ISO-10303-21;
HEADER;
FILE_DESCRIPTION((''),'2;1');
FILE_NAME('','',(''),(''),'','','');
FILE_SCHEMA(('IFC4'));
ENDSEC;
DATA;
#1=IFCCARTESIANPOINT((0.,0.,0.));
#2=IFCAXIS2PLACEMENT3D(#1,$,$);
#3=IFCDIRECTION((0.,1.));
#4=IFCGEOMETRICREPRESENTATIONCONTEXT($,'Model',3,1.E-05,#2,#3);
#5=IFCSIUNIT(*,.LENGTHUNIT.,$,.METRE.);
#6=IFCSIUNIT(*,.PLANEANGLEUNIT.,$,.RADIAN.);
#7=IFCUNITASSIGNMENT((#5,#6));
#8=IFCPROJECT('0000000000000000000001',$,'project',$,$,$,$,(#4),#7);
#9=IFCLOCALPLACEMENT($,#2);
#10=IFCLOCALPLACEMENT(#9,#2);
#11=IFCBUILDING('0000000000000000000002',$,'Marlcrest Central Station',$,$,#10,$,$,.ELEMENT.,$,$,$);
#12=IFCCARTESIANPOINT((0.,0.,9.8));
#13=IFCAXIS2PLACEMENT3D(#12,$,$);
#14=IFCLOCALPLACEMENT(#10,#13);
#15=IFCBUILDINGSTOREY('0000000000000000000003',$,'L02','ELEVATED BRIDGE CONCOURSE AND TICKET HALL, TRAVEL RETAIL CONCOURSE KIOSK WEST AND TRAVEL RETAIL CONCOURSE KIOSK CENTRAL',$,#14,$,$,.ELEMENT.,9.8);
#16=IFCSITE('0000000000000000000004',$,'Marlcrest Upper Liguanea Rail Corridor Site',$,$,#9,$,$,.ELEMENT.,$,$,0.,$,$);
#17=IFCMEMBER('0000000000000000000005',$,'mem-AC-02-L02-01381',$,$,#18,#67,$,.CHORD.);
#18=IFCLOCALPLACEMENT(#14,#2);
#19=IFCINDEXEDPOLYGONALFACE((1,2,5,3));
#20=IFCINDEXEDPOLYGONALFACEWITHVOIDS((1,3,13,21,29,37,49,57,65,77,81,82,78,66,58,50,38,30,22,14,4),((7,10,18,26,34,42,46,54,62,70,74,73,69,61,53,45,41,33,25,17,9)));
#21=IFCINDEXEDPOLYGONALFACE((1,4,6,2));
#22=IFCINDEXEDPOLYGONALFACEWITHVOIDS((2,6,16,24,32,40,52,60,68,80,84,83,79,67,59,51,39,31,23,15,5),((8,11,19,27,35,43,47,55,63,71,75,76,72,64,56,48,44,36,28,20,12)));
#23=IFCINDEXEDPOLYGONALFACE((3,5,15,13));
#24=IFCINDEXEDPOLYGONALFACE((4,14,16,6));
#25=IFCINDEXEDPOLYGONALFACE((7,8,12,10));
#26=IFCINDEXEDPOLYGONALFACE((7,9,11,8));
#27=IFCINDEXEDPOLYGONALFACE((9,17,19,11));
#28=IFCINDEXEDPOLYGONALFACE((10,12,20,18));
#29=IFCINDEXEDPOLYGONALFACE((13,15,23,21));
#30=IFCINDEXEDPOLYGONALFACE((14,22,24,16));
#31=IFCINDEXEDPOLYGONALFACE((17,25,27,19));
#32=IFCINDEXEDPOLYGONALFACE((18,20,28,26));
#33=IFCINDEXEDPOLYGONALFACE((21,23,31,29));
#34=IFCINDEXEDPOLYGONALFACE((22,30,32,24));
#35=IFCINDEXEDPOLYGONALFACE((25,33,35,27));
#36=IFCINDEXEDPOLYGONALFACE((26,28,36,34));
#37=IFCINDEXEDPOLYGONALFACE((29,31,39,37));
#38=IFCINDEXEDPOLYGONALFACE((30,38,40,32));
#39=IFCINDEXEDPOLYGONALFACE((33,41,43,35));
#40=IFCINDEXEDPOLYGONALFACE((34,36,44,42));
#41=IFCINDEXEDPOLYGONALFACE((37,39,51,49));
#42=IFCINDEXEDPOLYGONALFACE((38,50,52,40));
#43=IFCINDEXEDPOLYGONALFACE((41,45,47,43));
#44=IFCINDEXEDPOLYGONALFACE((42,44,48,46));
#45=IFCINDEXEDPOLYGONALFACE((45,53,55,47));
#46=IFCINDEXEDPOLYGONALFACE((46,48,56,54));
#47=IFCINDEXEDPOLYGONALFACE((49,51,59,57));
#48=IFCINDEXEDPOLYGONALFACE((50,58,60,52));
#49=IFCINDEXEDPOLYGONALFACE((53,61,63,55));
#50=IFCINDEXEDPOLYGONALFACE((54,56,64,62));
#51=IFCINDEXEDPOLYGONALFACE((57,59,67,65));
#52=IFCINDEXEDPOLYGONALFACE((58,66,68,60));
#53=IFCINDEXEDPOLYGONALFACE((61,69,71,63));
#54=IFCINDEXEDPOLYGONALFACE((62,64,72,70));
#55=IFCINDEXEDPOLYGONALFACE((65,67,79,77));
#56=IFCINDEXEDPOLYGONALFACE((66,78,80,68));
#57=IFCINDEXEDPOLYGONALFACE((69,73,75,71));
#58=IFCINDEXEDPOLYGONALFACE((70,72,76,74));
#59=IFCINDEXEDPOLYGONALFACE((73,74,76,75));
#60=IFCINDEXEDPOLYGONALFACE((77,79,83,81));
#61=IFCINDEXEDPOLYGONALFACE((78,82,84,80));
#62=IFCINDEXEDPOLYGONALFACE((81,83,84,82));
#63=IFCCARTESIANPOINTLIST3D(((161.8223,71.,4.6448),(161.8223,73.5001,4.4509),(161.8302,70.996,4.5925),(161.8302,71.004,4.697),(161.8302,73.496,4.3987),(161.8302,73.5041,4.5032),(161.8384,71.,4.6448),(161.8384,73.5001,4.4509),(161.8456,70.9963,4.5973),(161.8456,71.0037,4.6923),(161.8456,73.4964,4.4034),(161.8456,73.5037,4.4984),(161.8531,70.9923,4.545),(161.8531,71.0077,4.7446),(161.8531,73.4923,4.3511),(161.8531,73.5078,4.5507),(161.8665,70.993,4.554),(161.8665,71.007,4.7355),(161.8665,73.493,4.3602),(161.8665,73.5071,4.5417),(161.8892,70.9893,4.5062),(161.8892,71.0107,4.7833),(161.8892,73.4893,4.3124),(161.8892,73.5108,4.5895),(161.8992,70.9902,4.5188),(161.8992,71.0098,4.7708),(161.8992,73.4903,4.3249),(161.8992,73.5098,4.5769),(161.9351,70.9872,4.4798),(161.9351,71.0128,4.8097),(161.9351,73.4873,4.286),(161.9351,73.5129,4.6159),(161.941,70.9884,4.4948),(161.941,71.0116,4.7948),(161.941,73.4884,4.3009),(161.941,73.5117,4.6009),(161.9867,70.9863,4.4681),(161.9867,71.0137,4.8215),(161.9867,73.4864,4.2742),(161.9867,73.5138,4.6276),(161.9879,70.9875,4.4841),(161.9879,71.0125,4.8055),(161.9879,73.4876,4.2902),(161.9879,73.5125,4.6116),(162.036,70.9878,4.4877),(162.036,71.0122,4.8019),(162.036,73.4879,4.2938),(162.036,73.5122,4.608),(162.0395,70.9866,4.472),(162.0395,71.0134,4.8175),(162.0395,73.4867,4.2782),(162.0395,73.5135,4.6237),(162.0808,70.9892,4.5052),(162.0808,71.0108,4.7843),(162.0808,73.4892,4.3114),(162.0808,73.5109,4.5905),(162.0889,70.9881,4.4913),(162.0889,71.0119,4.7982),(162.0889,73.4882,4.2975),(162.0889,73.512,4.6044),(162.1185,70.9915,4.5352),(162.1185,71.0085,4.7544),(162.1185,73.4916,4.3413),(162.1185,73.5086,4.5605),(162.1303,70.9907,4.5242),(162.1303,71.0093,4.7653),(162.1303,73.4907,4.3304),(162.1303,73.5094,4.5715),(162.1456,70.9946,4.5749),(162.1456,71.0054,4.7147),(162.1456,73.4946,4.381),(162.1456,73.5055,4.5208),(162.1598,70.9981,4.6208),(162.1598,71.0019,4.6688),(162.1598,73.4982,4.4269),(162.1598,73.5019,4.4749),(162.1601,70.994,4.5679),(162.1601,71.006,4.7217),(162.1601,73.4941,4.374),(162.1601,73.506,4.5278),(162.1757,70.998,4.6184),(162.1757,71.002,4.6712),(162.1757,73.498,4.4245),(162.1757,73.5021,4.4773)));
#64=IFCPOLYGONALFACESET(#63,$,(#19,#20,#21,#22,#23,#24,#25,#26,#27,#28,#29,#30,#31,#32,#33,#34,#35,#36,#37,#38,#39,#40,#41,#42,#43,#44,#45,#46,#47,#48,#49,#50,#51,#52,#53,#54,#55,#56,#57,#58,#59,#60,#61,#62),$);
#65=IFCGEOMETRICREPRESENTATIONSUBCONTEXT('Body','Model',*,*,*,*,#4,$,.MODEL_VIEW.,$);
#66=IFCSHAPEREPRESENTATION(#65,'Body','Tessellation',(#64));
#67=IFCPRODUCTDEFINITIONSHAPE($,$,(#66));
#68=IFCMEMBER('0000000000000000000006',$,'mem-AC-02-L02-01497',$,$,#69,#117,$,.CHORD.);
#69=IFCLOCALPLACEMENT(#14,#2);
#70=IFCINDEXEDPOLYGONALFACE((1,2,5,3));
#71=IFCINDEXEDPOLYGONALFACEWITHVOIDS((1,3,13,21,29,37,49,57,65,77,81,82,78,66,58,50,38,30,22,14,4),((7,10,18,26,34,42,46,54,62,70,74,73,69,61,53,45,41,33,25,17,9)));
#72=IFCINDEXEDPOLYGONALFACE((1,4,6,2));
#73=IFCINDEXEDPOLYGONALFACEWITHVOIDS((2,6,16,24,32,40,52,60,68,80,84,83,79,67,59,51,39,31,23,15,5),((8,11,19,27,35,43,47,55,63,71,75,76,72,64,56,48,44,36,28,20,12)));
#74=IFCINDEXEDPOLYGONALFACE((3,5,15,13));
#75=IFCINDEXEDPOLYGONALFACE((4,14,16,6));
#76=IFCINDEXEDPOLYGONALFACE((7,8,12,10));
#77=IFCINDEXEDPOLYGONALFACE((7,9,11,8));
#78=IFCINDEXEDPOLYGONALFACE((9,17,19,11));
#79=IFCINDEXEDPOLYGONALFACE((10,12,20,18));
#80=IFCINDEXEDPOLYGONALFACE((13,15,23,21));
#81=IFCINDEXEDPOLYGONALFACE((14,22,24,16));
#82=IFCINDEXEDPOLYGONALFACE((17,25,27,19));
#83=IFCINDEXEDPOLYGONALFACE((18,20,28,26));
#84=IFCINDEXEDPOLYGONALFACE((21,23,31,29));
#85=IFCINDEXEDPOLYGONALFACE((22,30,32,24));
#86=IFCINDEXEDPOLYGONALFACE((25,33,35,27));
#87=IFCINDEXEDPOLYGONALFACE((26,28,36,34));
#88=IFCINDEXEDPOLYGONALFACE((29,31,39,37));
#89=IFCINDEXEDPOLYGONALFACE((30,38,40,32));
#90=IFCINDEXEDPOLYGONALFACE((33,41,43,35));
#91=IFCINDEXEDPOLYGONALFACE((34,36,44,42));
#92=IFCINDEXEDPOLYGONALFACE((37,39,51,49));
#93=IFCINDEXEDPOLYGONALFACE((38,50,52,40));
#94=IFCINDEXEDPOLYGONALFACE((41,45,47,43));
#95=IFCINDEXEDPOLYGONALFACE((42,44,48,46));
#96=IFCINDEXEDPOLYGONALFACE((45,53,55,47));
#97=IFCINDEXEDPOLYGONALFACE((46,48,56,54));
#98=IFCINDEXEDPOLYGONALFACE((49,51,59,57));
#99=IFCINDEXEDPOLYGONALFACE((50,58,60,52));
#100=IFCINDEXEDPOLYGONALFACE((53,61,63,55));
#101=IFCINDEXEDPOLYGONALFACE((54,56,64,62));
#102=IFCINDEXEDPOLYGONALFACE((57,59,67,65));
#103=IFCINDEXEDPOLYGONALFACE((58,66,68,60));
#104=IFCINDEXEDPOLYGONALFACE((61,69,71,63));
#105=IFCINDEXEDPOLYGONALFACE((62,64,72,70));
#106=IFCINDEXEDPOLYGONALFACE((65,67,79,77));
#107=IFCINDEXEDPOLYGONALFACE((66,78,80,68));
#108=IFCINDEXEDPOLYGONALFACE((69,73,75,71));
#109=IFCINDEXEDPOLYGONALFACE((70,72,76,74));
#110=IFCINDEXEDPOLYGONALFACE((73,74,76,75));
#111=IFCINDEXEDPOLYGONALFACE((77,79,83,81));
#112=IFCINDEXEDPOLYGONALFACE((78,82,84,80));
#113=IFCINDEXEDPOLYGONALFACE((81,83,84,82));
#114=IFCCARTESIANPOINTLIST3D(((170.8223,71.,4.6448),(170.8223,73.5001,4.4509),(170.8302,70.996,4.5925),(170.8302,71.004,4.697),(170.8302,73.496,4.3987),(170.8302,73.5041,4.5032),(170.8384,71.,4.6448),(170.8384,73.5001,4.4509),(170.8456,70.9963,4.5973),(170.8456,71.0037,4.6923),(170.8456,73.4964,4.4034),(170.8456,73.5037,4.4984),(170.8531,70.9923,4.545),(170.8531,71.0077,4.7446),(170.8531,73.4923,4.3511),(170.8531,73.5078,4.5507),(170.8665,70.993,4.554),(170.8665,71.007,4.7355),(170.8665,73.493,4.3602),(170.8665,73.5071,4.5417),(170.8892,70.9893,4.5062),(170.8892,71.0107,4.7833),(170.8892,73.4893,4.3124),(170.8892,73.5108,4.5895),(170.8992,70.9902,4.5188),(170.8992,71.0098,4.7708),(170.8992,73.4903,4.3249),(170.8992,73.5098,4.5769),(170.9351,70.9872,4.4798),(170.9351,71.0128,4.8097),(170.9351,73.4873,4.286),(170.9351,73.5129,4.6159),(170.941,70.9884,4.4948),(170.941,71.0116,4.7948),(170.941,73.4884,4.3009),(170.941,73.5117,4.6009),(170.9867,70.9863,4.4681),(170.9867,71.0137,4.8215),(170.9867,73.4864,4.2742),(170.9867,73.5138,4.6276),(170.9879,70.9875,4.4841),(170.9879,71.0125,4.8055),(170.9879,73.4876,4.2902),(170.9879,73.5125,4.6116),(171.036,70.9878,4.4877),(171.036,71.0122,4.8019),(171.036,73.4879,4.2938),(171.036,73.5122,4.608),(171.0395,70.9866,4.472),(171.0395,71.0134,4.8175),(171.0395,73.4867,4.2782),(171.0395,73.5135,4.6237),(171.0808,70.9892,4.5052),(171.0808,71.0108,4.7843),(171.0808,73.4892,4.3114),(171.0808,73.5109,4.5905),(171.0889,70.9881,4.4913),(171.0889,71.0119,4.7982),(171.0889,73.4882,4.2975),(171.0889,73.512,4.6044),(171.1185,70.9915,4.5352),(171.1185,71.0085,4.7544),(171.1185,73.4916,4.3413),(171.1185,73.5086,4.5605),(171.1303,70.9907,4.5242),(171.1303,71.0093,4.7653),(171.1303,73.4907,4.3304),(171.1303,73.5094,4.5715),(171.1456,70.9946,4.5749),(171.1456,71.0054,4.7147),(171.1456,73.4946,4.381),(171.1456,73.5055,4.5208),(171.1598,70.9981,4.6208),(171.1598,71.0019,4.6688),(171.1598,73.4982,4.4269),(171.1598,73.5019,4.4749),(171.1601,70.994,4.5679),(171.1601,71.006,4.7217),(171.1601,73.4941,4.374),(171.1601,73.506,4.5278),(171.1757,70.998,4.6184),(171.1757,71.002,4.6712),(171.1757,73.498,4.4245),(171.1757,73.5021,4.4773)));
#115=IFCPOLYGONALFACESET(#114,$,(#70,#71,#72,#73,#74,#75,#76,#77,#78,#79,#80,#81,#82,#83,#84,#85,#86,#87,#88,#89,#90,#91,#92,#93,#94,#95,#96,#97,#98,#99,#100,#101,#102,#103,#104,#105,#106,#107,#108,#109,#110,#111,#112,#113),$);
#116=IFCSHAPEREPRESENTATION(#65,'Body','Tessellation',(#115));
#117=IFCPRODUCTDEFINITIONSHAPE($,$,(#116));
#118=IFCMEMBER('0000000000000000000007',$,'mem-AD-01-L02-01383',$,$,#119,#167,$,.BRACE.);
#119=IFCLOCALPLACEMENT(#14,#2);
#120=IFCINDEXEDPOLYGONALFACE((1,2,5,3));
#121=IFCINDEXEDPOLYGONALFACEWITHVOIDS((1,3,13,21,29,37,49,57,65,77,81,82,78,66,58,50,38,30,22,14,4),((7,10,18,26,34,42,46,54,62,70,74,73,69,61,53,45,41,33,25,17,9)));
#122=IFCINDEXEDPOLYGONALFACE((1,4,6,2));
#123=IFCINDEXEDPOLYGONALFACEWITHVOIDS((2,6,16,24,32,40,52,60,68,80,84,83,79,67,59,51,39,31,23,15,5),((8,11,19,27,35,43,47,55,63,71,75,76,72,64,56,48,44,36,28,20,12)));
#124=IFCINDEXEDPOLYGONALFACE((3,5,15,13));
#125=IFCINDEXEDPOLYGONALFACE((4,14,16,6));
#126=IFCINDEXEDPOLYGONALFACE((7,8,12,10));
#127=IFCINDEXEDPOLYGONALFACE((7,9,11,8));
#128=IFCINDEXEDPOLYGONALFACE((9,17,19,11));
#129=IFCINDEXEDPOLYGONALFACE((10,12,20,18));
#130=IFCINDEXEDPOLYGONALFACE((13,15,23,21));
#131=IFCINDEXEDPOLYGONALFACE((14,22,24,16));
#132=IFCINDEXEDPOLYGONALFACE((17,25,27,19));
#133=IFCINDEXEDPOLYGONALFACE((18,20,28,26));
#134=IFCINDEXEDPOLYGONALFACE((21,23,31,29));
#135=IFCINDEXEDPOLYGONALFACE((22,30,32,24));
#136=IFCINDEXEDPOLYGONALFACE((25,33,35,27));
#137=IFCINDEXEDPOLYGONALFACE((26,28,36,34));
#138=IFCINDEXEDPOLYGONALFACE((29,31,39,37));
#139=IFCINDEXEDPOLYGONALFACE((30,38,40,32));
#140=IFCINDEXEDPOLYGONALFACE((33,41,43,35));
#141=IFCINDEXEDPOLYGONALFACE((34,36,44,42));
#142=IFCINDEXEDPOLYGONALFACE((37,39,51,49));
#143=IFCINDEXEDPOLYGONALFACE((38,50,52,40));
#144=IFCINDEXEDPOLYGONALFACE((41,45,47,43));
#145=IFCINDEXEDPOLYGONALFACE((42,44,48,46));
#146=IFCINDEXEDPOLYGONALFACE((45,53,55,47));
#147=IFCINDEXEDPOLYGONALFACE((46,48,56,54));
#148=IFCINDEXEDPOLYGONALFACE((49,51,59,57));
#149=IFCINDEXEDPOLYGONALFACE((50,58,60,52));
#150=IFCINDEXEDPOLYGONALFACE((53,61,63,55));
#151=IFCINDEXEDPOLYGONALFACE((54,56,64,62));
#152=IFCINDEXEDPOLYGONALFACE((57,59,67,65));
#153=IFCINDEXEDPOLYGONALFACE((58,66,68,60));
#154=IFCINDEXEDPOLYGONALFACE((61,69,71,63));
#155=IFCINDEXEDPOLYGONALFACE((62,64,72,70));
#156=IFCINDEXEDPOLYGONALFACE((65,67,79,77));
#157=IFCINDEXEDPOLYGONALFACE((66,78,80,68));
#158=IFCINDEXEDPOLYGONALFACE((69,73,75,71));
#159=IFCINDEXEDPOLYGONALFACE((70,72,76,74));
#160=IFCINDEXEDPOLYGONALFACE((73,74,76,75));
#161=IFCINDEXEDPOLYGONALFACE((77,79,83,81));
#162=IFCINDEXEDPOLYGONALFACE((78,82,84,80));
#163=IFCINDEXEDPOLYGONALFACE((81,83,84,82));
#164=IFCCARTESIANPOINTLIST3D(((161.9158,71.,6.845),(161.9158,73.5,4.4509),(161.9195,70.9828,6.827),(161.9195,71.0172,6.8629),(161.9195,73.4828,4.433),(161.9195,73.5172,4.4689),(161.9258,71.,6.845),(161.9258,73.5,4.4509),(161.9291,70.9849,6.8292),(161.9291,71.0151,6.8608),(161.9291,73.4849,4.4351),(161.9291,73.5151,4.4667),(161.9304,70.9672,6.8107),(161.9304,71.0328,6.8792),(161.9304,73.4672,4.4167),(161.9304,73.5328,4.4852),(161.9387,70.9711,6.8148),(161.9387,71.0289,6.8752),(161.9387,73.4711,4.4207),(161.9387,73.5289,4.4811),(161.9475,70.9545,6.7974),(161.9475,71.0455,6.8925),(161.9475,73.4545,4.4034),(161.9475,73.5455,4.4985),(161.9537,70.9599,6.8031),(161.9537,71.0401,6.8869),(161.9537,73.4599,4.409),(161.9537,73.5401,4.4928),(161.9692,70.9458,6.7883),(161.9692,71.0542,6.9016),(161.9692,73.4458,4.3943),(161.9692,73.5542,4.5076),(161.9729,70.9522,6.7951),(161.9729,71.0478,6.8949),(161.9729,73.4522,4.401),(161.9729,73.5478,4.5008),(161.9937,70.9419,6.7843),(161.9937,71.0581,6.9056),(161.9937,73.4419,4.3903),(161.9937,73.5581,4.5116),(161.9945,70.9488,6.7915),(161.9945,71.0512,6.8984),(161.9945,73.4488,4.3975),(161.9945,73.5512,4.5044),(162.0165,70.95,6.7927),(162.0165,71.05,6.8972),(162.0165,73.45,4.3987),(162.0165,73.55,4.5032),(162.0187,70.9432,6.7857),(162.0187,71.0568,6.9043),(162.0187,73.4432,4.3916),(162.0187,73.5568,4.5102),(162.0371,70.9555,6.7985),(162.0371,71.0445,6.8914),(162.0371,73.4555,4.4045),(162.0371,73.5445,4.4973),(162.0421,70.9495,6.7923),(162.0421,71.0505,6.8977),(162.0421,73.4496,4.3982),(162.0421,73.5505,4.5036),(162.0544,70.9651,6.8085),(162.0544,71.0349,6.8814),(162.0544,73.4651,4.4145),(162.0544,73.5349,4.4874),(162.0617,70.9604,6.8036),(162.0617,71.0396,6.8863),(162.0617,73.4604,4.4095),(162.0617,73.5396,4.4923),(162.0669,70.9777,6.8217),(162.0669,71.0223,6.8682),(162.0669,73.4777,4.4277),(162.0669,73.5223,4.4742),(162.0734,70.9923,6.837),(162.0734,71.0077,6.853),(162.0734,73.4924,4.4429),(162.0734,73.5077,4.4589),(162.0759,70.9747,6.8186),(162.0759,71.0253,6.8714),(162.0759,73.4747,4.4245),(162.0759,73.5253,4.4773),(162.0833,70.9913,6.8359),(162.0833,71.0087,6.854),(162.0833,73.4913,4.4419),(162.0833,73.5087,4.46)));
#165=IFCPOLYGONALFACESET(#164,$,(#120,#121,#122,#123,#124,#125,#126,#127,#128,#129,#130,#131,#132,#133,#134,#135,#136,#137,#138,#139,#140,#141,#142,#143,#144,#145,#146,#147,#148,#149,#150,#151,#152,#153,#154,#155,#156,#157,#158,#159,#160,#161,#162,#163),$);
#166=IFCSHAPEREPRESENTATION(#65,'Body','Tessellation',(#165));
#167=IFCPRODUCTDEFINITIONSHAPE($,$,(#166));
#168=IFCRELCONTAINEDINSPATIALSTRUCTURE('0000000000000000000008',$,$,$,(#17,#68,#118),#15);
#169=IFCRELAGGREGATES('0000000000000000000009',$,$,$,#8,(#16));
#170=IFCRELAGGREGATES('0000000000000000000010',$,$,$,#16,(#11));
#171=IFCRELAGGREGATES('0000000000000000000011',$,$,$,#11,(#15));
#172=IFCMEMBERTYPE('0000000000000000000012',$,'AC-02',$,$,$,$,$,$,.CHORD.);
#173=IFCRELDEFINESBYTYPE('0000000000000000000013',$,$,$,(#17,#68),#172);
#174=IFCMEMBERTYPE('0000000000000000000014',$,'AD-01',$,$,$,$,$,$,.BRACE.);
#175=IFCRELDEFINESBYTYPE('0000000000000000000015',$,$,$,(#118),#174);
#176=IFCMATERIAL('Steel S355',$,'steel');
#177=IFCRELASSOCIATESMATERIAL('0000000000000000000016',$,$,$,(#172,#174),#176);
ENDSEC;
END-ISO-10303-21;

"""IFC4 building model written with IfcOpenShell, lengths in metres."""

from ifc_helpers import new_model, si_unit, direction, frame, origin, origin_2d, place, context, subcontext, project, spatial, hollow_circle, extrude, material, material_profile, profile_set, type_object, element, save


model = new_model("IFC4")

# Units and contexts
model_context = context("Model", 3, precision=1e-05, world=origin(), true_north=direction((0.0, 1.0)))
body_context = subcontext(model_context, "Body", "Model", "MODEL_VIEW")
ifc_project = project(units=[si_unit("LENGTHUNIT", "METRE"), si_unit("PLANEANGLEUNIT", "RADIAN")], contexts=[model_context])

# Site, building, storey
site_placement = place(None, origin())
site = spatial("IfcSite", under=ifc_project, at=site_placement, Name="Marlcrest Upper Liguanea Rail Corridor Site", CompositionType="ELEMENT", RefElevation=0.0)
building_placement = place(site_placement, origin())
building = spatial("IfcBuilding", under=site, at=building_placement, Name="Marlcrest Central Station", CompositionType="ELEMENT")
storey_placement = place(building_placement, frame((0.0, 0.0, 9.8)))
storey = spatial("IfcBuildingStorey", under=building, at=storey_placement, Name="L02", Description="ELEVATED BRIDGE CONCOURSE AND TICKET HALL, TRAVEL RETAIL CONCOURSE KIOSK WEST AND TRAVEL RETAIL CONCOURSE KIOSK CENTRAL", CompositionType="ELEMENT", Elevation=9.8)

# Members
ifc_material = material(Name="Steel S355", Category="steel")
ifc_material_profile_1 = material_profile(ifc_material, hollow_circle(Radius=0.1777, WallThickness=0.0161, at=origin_2d()), Name="CHS 355.6x16")
ifc_profile_set_1 = profile_set([ifc_material_profile_1], Name="Steel S355")
member_type_1 = type_object("IfcMemberType", Name="AC-02", PredefinedType="CHORD", material=ifc_profile_set_1)
for number, where, z_axis, x_axis, name in (
    (1, (162.0, 71.0, 4.6448), (0.0, 0.997007, -0.077307), (-1.0, 0.0, 0.0), "mem-AC-02-L02-01381"),
    (2, (171.0, 71.0, 4.6448), (0.0, 0.997007, -0.077307), (-1.0, 0.0, 0.0), "mem-AC-02-L02-01497"),
):
    element("IfcMember", number, at=place(storey_placement, frame(where, z_axis=z_axis, x_axis=x_axis)), inside=storey, type_object=member_type_1, Name=name, PredefinedType="CHORD", context=body_context, shape_type="SweptSolid", body=[
        extrude(hollow_circle(Radius=0.1777, WallThickness=0.0161, at=origin_2d()), origin(), (0.0, 0.0, 1.0), 2.5076),
    ])
ifc_material_profile_2 = material_profile(ifc_material, hollow_circle(Radius=0.0842, WallThickness=0.01, at=origin_2d()), Name="CHS 168.3x10")
ifc_profile_set_2 = profile_set([ifc_material_profile_2], Name="Steel S355")
member_type_2 = type_object("IfcMemberType", Name="AD-01", PredefinedType="BRACE", material=ifc_profile_set_2)
member_1_placement = place(storey_placement, frame((162.0, 71.0, 6.845), z_axis=(0.0, 0.722247, -0.691636), x_axis=(-1.0, 0.0, 0.0)))
element("IfcMember", 3, at=member_1_placement, inside=storey, type_object=member_type_2, Name="mem-AD-01-L02-01383", PredefinedType="BRACE", context=body_context, shape_type="SweptSolid", body=[
    extrude(hollow_circle(Radius=0.0842, WallThickness=0.01, at=origin_2d()), origin(), (0.0, 0.0, 1.0), 3.4614),
])

save(model, "model.ifc")
